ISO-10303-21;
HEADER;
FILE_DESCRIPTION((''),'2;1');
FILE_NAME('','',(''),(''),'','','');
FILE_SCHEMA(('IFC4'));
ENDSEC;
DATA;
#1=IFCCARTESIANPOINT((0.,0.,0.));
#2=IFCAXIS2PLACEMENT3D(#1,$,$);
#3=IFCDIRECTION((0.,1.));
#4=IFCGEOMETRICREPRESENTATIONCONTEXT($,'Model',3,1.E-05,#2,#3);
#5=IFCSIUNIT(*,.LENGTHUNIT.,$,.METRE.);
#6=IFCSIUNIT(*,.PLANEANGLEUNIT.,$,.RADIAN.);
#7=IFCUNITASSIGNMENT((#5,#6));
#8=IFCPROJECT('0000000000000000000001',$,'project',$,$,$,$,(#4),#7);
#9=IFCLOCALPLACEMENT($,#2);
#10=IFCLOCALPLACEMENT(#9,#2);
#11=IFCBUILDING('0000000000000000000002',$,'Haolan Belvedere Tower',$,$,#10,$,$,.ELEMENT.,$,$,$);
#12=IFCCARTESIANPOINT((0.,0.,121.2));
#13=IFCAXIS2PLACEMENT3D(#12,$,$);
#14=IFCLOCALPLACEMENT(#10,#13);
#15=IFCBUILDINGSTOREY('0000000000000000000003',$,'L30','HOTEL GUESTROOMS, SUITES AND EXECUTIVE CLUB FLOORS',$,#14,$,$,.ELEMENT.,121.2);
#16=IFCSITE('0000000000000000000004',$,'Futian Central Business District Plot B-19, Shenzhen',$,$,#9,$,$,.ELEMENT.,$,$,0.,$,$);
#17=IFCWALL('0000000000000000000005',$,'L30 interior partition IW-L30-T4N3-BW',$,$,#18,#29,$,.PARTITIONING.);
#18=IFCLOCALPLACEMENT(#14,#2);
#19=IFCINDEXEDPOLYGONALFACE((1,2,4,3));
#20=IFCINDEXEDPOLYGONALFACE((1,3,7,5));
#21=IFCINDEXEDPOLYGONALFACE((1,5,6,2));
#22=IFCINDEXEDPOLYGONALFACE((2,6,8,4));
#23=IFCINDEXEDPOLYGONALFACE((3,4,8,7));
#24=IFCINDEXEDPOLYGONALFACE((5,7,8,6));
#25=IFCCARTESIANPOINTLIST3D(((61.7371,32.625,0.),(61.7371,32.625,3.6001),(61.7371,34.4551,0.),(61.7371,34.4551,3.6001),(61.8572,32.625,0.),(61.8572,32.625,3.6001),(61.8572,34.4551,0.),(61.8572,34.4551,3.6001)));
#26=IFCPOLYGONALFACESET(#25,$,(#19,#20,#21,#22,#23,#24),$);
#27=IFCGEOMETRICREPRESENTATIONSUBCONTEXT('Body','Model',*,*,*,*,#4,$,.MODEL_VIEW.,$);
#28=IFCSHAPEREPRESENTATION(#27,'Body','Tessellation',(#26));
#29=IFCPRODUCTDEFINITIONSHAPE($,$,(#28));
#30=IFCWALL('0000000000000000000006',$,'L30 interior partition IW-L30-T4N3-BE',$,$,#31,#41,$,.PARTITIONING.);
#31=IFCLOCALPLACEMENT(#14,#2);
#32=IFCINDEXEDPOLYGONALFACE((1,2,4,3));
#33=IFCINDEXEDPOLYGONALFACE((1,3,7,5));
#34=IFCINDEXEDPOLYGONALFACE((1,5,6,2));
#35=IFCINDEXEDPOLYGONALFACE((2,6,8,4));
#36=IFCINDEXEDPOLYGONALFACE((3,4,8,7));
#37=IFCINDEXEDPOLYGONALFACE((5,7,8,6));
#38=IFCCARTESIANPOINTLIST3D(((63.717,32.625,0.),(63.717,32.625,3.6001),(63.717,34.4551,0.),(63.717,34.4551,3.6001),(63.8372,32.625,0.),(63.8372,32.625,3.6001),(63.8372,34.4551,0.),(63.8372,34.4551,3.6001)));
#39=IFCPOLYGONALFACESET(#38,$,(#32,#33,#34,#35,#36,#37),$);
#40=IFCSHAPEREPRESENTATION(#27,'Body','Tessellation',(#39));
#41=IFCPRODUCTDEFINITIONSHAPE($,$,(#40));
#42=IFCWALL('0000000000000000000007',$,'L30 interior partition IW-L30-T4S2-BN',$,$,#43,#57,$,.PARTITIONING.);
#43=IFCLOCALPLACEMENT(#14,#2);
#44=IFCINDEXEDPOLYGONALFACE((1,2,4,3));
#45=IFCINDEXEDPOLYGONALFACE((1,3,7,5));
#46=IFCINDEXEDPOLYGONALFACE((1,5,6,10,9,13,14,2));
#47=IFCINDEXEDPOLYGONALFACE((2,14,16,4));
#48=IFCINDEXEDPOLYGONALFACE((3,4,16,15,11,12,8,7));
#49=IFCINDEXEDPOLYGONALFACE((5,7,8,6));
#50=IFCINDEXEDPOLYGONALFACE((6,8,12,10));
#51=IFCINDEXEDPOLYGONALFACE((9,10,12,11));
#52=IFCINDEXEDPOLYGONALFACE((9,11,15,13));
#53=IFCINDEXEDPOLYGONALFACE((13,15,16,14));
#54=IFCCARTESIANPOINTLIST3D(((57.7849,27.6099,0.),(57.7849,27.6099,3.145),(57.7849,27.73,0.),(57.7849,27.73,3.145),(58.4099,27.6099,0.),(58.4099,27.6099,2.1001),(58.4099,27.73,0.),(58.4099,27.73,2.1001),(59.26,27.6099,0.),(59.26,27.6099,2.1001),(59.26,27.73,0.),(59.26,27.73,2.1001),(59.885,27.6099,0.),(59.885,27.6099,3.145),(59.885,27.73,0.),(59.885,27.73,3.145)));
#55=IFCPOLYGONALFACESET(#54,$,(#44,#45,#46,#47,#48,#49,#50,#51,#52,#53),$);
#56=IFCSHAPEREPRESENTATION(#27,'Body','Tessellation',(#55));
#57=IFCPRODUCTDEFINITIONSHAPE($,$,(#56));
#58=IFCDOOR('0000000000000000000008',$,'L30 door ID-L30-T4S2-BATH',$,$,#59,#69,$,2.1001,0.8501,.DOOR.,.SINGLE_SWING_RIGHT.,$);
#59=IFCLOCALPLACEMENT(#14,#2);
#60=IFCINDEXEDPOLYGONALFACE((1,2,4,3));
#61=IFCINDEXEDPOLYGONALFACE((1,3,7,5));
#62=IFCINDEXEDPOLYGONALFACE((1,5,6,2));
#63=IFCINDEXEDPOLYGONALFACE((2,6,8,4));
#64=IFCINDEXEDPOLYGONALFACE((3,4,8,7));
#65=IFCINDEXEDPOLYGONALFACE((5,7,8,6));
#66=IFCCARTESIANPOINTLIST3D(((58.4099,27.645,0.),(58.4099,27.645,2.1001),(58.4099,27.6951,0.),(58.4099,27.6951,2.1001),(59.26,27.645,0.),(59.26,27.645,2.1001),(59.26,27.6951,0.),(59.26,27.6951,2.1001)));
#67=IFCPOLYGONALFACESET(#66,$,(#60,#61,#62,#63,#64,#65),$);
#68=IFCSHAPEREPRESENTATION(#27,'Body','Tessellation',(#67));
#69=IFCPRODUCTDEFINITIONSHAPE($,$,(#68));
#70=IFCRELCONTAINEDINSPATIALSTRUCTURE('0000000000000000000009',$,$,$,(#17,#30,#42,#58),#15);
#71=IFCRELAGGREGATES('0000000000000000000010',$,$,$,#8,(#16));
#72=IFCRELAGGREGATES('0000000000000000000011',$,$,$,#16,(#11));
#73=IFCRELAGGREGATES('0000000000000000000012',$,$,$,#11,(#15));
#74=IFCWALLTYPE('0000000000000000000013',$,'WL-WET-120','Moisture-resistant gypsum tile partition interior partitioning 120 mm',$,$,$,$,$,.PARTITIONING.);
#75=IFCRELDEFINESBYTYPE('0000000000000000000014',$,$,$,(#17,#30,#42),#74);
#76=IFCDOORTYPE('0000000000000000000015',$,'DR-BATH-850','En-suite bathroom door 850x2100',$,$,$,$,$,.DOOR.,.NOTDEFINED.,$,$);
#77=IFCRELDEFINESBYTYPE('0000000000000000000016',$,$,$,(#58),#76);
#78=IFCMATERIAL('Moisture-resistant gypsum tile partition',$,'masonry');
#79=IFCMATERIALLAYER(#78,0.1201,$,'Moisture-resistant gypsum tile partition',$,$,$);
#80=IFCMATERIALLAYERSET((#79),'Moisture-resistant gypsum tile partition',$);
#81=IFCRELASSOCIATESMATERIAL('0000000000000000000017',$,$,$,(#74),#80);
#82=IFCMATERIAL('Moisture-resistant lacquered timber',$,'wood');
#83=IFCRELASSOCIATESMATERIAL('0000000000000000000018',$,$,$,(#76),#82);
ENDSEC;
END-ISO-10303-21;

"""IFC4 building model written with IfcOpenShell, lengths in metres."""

from ifc_helpers import new_model, si_unit, direction, frame, frame_2d, origin, place, context, subcontext, project, spatial, rectangle, extrude, material, layer, layer_set, type_object, element, fill, save


model = new_model("IFC4")

# Units and contexts
model_context = context("Model", 3, precision=1e-05, world=origin(), true_north=direction((0.0, 1.0)))
body_context = subcontext(model_context, "Body", "Model", "MODEL_VIEW")
ifc_project = project(units=[si_unit("LENGTHUNIT", "METRE"), si_unit("PLANEANGLEUNIT", "RADIAN")], contexts=[model_context])

# Site, building, storey
site_placement = place(None, origin())
site = spatial("IfcSite", under=ifc_project, at=site_placement, Name="Futian Central Business District Plot B-19, Shenzhen", CompositionType="ELEMENT", RefElevation=0.0)
building_placement = place(site_placement, origin())
building = spatial("IfcBuilding", under=site, at=building_placement, Name="Haolan Belvedere Tower", CompositionType="ELEMENT")
storey_placement = place(building_placement, frame((0.0, 0.0, 121.2)))
storey = spatial("IfcBuildingStorey", under=building, at=storey_placement, Name="L30", Description="HOTEL GUESTROOMS, SUITES AND EXECUTIVE CLUB FLOORS", CompositionType="ELEMENT", Elevation=121.2)

# Shared definitions
ifc_material_1 = material(Name="Moisture-resistant gypsum tile partition", Category="masonry")
ifc_layer_1 = layer(ifc_material_1, 0.1201, Name="Moisture-resistant gypsum tile partition")
ifc_layer_set_1 = layer_set([ifc_layer_1], Name="Moisture-resistant gypsum tile partition")
wall_type_1 = type_object("IfcWallType", Name="WL-WET-120", Description="Moisture-resistant gypsum tile partition interior partitioning 120 mm", PredefinedType="PARTITIONING", material=ifc_layer_set_1)
ifc_material_2 = material(Name="Moisture-resistant lacquered timber", Category="wood")
door_type_1 = type_object("IfcDoorType", Name="DR-BATH-850", Description="En-suite bathroom door 850x2100", OperationType="NOTDEFINED", PredefinedType="DOOR", material=ifc_material_2)

# Walls
for number, where, z_axis, x_axis, name in (
    (1, (61.7971, 32.625, 0.0), (0.0, 0.0, 1.0), (0.0, 1.0, 0.0), "L30 interior partition IW-L30-T4N3-BW"),
    (2, (63.7771, 32.625, 0.0), (0.0, 0.0, 1.0), (0.0, 1.0, 0.0), "L30 interior partition IW-L30-T4N3-BE"),
):
    element("IfcWall", number, at=place(storey_placement, frame(where, z_axis=z_axis, x_axis=x_axis)), inside=storey, type_object=wall_type_1, Name=name, PredefinedType="PARTITIONING", context=body_context, shape_type="SweptSolid", body=[
        extrude(rectangle(XDim=1.8301, YDim=0.1201, at=frame_2d((0.915, 0.0))), origin(), (0.0, 0.0, 1.0), 3.6001),
    ])

# Wall, opening, door
wall_1_placement = place(storey_placement, frame((57.7849, 27.6699, 0.0), z_axis=(0.0, 0.0, 1.0), x_axis=(1.0, 0.0, 0.0)))
wall_1 = element("IfcWall", 3, at=wall_1_placement, inside=storey, type_object=wall_type_1, Name="L30 interior partition IW-L30-T4S2-BN", PredefinedType="PARTITIONING", context=body_context, shape_type="SweptSolid", body=[
    extrude(rectangle(XDim=2.1001, YDim=0.1201, at=frame_2d((1.05, 0.0))), origin(), (0.0, 0.0, 1.0), 3.145),
])
opening_1_placement = place(wall_1_placement, frame((1.4751, 0.0, 0.0), z_axis=(0.0, 0.0, 1.0), x_axis=(-1.0, 0.0, 0.0)))
opening_1 = element("IfcOpeningElement", 4, at=opening_1_placement, cuts=wall_1, PredefinedType="OPENING", context=body_context, shape_type="SweptSolid", body=[
    extrude(rectangle(XDim=0.8501, YDim=2.1001, at=frame_2d((0.425, 1.05))), frame((0.0, 0.0701, 0.0), z_axis=(0.0, -1.0, 0.0), x_axis=(1.0, 0.0, 0.0)), (0.0, 0.0, 1.0), 0.1401),
])
door_1_placement = place(opening_1_placement, origin())
door_1 = element("IfcDoor", 5, at=door_1_placement, inside=storey, type_object=door_type_1, Name="L30 door ID-L30-T4S2-BATH", OperationType="SINGLE_SWING_RIGHT", OverallHeight=2.1001, OverallWidth=0.8501, PredefinedType="DOOR", context=body_context, shape_type="SweptSolid", body=[
    extrude(rectangle(XDim=0.8501, YDim=2.1001, at=frame_2d((0.425, 1.05))), frame((0.0, 0.0249, 0.0), z_axis=(0.0, -1.0, 0.0), x_axis=(1.0, 0.0, 0.0)), (0.0, 0.0, 1.0), 0.05),
])
fill(opening_1, door_1)

save(model, "model.ifc")
